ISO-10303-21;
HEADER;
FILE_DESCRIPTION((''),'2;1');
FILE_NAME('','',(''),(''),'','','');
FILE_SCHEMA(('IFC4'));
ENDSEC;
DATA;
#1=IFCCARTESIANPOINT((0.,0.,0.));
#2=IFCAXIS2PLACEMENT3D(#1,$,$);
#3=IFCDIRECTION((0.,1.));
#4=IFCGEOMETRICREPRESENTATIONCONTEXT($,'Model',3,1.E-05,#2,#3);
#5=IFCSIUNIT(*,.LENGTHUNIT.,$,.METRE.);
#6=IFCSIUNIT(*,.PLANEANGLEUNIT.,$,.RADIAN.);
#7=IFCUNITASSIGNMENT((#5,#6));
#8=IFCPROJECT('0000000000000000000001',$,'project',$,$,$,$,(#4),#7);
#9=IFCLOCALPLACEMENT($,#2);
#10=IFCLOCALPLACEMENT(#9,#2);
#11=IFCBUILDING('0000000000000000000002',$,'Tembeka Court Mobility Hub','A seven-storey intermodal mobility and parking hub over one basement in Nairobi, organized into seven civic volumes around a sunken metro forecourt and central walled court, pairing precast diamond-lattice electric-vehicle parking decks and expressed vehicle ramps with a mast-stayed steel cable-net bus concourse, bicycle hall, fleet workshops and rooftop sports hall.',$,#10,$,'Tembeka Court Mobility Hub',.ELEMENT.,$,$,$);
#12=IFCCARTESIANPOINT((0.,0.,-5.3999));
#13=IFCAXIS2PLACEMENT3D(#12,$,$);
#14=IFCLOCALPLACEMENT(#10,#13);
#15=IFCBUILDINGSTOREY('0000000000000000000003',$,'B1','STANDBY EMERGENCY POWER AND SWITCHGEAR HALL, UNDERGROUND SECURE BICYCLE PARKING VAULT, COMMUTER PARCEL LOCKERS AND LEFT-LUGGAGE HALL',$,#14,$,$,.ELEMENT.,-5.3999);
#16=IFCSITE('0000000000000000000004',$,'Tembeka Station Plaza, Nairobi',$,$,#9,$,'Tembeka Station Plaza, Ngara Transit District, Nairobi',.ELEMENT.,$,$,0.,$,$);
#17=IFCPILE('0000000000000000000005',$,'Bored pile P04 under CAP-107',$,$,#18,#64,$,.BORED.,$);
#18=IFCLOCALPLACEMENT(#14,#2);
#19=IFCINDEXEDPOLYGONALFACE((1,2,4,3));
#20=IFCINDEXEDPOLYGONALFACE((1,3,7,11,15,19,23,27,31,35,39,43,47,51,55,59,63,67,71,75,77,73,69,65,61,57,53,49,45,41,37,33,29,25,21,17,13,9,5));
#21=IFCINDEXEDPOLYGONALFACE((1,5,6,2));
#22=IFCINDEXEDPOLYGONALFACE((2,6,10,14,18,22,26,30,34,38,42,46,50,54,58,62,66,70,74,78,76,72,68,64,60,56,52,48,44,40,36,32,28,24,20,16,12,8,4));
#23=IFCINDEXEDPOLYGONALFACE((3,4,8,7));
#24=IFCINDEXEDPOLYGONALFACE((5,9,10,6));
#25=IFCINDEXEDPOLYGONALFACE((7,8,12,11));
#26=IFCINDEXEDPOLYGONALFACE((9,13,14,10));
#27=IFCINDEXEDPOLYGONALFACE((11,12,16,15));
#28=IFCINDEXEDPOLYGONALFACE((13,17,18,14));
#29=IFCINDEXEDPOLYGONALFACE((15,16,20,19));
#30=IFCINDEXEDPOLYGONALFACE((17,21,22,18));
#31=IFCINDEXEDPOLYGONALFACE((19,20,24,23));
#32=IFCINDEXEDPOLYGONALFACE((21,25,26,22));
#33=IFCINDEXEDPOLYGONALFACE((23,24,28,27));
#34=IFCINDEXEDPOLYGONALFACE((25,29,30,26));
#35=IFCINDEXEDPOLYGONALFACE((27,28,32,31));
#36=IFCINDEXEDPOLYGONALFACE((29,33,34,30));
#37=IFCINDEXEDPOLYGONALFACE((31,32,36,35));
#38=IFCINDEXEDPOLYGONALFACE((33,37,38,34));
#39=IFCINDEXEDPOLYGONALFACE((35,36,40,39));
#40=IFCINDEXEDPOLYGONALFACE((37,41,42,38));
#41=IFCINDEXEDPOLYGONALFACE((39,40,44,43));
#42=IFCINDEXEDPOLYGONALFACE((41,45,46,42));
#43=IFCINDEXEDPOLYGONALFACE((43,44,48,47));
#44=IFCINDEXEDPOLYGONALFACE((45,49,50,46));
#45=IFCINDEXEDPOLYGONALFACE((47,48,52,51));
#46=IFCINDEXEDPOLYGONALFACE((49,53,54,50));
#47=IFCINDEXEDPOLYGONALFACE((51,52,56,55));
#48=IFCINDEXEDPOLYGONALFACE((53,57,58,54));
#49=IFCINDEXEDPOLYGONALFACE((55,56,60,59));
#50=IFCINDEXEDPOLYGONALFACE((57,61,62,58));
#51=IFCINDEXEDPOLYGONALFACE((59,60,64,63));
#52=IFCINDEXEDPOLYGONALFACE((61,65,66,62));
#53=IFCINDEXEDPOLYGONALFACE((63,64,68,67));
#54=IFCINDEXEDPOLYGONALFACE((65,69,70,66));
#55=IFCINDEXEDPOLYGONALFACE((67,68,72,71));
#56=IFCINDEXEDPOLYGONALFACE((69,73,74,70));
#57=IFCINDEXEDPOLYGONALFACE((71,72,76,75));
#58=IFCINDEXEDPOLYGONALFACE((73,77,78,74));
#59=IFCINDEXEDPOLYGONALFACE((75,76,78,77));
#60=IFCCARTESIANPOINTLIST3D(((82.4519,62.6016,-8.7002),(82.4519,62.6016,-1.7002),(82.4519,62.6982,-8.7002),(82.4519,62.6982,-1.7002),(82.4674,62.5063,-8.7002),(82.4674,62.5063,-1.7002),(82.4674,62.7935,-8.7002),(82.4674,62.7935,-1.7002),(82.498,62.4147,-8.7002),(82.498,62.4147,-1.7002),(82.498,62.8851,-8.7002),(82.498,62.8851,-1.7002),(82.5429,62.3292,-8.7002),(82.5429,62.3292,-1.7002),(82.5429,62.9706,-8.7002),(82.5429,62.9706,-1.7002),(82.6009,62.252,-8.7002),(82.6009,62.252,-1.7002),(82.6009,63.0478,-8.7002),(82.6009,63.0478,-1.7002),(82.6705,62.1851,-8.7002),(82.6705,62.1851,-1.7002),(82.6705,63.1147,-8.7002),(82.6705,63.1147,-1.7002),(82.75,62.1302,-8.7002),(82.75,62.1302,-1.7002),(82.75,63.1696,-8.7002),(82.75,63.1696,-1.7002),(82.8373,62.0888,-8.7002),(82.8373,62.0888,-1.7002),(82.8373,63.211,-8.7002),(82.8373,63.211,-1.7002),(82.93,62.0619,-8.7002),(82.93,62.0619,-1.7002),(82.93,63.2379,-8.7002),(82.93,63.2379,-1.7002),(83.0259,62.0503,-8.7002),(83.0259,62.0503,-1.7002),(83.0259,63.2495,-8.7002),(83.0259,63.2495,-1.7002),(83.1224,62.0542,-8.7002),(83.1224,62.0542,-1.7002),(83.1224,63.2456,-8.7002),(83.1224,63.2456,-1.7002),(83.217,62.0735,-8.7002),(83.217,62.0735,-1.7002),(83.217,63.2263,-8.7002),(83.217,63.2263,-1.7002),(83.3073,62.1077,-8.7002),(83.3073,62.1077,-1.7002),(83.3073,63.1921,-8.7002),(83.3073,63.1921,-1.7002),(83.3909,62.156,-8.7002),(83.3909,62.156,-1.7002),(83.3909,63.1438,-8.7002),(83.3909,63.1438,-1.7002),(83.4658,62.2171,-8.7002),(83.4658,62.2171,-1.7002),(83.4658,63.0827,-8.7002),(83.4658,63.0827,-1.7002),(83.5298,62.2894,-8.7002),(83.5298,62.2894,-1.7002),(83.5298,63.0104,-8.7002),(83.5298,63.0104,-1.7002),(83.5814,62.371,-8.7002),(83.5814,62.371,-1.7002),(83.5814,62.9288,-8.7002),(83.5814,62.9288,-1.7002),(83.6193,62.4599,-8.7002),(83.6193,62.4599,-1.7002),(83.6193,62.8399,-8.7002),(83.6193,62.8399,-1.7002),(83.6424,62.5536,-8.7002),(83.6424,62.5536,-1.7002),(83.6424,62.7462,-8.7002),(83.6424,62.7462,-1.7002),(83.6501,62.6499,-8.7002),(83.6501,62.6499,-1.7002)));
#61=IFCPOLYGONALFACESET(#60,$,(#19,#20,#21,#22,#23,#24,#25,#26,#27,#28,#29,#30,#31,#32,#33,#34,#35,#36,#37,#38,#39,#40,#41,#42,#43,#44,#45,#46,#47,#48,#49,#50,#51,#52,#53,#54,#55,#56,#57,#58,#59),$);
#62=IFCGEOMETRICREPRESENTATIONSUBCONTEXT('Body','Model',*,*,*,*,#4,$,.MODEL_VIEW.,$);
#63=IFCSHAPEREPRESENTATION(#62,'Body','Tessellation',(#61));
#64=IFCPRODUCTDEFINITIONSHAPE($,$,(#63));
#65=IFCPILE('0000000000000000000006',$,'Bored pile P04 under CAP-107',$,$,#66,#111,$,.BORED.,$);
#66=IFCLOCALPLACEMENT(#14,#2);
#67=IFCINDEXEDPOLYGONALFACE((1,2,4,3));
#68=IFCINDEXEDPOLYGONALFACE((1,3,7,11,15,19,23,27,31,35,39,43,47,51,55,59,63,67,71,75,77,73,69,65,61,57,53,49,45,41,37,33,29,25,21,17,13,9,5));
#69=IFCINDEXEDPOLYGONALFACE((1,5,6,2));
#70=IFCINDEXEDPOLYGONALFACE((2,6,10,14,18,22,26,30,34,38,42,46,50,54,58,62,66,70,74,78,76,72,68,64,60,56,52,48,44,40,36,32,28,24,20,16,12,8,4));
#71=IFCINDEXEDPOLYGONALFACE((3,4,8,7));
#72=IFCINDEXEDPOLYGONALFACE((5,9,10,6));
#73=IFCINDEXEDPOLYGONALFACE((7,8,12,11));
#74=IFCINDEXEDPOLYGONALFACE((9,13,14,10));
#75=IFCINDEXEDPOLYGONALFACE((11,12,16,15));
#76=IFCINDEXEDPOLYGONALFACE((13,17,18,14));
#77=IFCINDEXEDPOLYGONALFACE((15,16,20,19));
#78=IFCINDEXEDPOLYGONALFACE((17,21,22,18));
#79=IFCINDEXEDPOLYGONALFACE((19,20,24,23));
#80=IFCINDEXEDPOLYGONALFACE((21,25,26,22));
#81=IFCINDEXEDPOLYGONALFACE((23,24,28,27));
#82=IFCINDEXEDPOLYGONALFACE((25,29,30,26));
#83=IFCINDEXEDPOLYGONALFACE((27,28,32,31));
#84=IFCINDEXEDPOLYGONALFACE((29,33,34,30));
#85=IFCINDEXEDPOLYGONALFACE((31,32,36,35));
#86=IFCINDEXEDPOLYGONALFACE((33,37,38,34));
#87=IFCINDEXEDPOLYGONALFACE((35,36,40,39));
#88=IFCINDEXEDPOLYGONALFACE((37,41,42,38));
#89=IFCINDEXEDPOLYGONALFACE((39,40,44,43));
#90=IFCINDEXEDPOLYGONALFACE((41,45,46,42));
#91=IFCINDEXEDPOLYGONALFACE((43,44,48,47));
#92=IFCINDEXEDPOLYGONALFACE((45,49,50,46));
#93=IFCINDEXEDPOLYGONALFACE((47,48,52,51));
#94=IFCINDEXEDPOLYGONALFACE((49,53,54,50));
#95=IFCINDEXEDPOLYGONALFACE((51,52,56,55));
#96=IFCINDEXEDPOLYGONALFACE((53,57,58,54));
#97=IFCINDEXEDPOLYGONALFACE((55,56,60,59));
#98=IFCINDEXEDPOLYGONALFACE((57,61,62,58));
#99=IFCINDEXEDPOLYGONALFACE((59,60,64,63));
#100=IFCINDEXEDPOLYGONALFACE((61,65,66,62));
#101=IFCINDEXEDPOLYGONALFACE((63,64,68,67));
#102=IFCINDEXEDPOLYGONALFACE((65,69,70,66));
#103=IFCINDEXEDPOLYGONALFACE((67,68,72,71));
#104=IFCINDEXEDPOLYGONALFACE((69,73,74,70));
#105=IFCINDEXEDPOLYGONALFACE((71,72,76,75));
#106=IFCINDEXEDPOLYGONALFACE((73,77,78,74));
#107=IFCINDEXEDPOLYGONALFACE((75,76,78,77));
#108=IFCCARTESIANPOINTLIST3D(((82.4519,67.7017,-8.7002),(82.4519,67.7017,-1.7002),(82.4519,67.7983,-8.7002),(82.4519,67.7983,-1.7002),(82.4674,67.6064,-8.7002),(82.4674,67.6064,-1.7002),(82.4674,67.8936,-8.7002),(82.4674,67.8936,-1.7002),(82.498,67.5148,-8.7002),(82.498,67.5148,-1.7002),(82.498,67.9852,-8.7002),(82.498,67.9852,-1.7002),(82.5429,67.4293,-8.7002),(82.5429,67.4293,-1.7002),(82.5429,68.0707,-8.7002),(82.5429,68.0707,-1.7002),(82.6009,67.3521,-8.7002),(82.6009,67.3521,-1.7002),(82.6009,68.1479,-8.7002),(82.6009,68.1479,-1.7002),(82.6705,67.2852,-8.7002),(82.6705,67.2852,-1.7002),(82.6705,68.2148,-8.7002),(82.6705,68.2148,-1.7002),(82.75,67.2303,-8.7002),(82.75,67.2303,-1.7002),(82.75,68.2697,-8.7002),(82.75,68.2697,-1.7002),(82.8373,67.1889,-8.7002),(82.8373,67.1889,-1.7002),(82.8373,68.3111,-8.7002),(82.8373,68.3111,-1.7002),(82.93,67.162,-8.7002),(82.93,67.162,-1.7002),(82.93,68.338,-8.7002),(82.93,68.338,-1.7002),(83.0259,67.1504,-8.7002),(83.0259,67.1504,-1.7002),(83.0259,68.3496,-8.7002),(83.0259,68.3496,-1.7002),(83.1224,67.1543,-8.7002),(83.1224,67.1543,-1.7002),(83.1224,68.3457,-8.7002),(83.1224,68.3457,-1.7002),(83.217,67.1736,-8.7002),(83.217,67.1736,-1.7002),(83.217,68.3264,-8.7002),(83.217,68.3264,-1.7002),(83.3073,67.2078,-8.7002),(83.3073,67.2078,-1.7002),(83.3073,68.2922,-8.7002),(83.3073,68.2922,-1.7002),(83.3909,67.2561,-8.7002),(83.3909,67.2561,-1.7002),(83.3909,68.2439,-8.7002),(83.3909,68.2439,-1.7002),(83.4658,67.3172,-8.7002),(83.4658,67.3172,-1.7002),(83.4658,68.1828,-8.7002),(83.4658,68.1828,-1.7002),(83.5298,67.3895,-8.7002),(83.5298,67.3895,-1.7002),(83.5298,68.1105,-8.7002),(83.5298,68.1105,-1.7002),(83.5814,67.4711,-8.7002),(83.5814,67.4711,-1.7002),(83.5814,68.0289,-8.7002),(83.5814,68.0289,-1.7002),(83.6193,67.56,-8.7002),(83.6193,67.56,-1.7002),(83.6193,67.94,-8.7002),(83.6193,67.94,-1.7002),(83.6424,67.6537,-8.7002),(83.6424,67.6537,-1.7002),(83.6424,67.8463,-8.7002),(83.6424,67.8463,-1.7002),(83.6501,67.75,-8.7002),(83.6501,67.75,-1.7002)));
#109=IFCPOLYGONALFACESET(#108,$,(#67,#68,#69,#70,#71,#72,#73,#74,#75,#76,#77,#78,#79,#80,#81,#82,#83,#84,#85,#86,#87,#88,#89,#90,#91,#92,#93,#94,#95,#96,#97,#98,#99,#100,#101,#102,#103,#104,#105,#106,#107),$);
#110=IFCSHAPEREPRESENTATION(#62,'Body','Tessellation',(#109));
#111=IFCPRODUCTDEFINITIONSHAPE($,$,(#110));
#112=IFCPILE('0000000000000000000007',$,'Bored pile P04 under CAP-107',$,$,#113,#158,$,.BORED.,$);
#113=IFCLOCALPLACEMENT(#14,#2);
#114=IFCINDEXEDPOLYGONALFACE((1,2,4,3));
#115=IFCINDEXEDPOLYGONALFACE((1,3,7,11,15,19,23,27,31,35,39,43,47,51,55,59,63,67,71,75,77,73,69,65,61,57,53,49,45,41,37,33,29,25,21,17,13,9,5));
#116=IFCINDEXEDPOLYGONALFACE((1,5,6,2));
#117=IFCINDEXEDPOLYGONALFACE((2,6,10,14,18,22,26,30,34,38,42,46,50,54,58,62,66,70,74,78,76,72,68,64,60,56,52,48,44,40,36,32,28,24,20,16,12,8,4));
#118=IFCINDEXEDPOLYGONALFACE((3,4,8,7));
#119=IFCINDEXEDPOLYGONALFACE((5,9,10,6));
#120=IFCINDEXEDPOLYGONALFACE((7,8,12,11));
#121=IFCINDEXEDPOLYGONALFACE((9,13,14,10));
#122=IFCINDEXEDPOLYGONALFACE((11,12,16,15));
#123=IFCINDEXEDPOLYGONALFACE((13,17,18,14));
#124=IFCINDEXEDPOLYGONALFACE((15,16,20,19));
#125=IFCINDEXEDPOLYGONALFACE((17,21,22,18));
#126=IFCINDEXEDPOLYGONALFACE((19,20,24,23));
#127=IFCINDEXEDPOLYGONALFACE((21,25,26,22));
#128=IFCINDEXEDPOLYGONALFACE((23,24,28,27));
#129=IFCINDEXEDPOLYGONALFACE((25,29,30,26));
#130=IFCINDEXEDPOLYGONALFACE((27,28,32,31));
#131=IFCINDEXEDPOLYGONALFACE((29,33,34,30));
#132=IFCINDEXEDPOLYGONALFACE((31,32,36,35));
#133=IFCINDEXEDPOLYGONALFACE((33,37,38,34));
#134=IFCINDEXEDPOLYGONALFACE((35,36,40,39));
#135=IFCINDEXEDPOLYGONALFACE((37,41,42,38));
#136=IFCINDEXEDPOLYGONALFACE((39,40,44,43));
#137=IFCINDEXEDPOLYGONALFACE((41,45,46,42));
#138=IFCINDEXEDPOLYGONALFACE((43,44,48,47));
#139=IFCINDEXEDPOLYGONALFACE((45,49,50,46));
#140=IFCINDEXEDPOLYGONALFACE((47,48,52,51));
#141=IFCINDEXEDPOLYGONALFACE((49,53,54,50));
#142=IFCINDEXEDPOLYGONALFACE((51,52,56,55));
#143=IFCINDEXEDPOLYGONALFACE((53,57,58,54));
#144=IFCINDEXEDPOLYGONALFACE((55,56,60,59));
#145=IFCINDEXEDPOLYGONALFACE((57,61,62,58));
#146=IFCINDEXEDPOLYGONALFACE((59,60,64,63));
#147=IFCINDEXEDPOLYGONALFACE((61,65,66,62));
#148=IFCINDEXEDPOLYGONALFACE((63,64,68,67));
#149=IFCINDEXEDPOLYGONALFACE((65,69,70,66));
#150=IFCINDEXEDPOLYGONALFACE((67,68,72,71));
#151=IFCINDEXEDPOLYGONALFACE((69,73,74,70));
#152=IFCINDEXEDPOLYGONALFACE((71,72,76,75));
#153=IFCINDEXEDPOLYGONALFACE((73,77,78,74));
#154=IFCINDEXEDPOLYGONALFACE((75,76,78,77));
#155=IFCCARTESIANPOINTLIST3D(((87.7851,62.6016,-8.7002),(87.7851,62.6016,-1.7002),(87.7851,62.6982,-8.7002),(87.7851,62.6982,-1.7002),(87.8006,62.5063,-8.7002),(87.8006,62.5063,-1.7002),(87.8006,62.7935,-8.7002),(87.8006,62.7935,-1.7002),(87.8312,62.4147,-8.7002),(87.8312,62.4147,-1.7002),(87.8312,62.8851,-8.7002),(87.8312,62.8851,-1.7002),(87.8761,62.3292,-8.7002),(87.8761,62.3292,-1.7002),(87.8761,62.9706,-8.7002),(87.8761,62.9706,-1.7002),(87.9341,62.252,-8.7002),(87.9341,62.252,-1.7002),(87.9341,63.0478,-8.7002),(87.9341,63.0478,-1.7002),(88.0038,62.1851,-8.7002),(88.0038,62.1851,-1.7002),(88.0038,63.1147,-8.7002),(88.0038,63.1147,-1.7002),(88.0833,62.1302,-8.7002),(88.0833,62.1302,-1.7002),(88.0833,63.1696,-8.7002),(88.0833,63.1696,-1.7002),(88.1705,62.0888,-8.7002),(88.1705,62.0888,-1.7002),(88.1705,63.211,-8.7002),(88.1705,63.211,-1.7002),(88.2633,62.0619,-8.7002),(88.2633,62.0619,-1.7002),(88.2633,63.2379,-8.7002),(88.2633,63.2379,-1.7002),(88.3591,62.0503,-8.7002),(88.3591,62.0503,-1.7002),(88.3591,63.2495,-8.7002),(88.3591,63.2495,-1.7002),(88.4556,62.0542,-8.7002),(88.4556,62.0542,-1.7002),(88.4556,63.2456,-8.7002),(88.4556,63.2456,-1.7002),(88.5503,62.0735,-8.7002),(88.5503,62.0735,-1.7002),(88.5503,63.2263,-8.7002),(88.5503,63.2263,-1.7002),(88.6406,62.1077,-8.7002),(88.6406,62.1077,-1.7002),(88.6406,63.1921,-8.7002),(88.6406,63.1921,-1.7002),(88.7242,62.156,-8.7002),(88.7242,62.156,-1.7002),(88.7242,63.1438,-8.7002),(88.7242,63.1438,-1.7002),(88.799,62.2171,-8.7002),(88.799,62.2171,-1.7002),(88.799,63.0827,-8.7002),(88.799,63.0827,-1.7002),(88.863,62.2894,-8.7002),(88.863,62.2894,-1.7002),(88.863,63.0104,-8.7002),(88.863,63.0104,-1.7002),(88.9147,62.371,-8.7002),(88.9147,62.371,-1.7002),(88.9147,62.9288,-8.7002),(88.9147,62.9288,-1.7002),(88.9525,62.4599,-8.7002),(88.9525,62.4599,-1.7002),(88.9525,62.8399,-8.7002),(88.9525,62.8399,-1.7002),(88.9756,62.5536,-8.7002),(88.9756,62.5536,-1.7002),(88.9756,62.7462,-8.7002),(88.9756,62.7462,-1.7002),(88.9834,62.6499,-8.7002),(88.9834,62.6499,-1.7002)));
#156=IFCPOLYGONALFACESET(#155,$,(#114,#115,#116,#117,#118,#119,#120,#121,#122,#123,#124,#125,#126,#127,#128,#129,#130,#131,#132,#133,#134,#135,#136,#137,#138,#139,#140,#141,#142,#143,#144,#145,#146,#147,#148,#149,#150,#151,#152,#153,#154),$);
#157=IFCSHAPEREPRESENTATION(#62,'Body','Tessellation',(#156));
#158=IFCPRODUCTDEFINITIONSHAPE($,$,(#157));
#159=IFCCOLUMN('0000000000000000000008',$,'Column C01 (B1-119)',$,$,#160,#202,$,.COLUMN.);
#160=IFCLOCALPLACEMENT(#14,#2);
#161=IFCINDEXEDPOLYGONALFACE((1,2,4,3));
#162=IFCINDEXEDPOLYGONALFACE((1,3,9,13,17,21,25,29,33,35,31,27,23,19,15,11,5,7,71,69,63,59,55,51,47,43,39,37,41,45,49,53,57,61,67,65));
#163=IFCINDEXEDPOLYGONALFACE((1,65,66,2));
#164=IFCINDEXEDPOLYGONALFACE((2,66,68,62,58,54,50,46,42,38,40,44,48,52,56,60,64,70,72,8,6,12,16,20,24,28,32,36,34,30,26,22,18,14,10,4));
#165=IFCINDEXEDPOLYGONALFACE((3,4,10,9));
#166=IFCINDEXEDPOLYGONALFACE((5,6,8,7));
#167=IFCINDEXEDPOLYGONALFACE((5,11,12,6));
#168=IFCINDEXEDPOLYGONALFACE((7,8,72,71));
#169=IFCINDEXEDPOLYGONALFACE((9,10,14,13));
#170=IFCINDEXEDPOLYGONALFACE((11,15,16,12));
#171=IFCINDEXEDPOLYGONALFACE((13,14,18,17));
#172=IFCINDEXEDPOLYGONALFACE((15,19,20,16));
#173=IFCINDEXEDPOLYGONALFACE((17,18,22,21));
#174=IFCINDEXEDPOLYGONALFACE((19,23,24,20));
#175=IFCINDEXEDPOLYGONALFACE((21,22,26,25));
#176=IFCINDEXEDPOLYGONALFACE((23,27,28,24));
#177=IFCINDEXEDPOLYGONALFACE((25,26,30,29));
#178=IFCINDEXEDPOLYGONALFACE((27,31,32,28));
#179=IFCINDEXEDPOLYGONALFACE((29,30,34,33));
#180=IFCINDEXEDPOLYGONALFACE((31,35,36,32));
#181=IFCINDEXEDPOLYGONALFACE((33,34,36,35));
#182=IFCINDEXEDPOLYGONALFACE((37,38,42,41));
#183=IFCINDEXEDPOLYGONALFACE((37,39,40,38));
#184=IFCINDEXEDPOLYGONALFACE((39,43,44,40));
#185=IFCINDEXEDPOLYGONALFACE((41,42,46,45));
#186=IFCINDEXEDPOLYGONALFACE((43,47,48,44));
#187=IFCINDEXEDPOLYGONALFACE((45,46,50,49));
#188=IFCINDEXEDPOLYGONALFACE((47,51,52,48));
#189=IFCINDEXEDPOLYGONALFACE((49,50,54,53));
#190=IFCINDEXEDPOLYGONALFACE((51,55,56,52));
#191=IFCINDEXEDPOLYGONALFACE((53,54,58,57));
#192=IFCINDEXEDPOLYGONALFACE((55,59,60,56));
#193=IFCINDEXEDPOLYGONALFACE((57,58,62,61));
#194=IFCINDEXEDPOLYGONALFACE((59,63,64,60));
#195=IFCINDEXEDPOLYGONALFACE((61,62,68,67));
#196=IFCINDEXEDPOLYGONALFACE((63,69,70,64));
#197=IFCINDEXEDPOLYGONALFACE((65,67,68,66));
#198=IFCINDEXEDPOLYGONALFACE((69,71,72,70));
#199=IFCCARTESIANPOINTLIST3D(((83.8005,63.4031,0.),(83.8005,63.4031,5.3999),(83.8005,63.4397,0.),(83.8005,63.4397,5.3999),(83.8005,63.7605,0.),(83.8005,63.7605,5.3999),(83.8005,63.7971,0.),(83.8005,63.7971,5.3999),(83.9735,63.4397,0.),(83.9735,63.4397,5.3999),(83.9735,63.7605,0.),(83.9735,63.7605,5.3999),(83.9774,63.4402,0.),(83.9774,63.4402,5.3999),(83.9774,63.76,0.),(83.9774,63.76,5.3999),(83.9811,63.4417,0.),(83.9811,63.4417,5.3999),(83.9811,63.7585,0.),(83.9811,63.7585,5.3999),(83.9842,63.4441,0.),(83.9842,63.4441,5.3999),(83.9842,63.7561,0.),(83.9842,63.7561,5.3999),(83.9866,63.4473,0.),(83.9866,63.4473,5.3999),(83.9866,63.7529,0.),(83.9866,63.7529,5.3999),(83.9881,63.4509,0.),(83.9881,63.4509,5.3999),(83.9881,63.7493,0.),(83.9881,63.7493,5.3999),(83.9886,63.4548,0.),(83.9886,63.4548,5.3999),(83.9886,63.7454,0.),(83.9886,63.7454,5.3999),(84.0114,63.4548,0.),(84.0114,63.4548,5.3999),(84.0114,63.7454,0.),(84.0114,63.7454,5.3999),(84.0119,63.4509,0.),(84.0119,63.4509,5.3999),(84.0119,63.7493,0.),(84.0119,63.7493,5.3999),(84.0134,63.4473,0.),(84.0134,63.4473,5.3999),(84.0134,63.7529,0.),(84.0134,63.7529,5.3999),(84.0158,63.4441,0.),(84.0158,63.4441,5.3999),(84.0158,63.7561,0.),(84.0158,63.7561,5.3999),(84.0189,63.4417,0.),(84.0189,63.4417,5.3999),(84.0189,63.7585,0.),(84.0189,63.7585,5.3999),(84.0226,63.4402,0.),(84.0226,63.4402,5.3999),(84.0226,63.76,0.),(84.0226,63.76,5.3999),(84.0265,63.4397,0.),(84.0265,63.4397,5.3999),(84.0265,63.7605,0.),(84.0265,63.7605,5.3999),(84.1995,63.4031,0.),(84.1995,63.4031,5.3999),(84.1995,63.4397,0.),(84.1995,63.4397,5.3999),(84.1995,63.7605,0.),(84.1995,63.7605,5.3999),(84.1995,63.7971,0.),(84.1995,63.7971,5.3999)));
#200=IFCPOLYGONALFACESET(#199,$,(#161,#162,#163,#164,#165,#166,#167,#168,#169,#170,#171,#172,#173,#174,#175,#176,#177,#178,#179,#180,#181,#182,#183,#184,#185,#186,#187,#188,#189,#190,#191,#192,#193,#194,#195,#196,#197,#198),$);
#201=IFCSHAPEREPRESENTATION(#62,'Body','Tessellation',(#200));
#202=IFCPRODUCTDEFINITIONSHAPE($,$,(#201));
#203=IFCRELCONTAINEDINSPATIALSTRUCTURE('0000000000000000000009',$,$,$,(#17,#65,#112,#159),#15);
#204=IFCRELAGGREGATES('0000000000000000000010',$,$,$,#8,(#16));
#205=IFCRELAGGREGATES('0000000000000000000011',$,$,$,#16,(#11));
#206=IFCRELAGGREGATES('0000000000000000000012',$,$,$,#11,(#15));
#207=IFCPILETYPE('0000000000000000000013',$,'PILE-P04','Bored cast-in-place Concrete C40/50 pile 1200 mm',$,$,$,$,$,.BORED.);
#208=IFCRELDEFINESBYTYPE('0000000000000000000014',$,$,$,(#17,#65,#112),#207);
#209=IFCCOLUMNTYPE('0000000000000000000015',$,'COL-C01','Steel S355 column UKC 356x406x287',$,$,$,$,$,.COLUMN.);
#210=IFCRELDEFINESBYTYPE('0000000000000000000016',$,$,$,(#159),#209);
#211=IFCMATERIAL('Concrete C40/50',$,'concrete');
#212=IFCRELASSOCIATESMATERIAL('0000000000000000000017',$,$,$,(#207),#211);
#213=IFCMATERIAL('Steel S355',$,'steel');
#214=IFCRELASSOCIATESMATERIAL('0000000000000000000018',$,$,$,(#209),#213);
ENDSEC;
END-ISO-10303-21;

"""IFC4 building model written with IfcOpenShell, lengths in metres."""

from ifc_helpers import new_model, si_unit, direction, frame, origin, origin_2d, place, context, subcontext, project, spatial, circle, i_section, extrude, material, material_profile, profile_set, type_object, element, save


model = new_model("IFC4")

# Units and contexts
model_context = context("Model", 3, precision=1e-05, world=origin(), true_north=direction((0.0, 1.0)))
body_context = subcontext(model_context, "Body", "Model", "MODEL_VIEW")
ifc_project = project(units=[si_unit("LENGTHUNIT", "METRE"), si_unit("PLANEANGLEUNIT", "RADIAN")], contexts=[model_context])

# Site, building, storey
site_placement = place(None, origin())
site = spatial("IfcSite", under=ifc_project, at=site_placement, Name="Tembeka Station Plaza, Nairobi", LongName="Tembeka Station Plaza, Ngara Transit District, Nairobi", CompositionType="ELEMENT", RefElevation=0.0)
building_placement = place(site_placement, origin())
building = spatial("IfcBuilding", under=site, at=building_placement, Name="Tembeka Court Mobility Hub", Description="A seven-storey intermodal mobility and parking hub over one basement in Nairobi, organized into seven civic volumes around a sunken metro forecourt and central walled court, pairing precast diamond-lattice electric-vehicle parking decks and expressed vehicle ramps with a mast-stayed steel cable-net bus concourse, bicycle hall, fleet workshops and rooftop sports hall.", LongName="Tembeka Court Mobility Hub", CompositionType="ELEMENT")
storey_placement = place(building_placement, frame((0.0, 0.0, -5.3999)))
storey = spatial("IfcBuildingStorey", under=building, at=storey_placement, Name="B1", Description="STANDBY EMERGENCY POWER AND SWITCHGEAR HALL, UNDERGROUND SECURE BICYCLE PARKING VAULT, COMMUTER PARCEL LOCKERS AND LEFT-LUGGAGE HALL", CompositionType="ELEMENT", Elevation=-5.3999)

# Shared definitions
ifc_material_1 = material(Name="Concrete C40/50", Category="concrete")

# Piles
ifc_material_profile_1 = material_profile(ifc_material_1, circle(Radius=0.6001, at=origin_2d()), Name="PILE D1200")
ifc_profile_set_1 = profile_set([ifc_material_profile_1], Name="Concrete C40/50")
pile_type = type_object("IfcPileType", Name="PILE-P04", Description="Bored cast-in-place Concrete C40/50 pile 1200 mm", PredefinedType="BORED", material=ifc_profile_set_1)
for number, where, z_axis, x_axis, name in (
    (1, (83.05, 62.6499, -1.7002), (0.0, 0.0, -1.0), (1.0, 0.0, 0.0), "Bored pile P04 under CAP-107"),
    (2, (83.05, 67.75, -1.7002), (0.0, 0.0, -1.0), (1.0, 0.0, 0.0), "Bored pile P04 under CAP-107"),
    (3, (88.3833, 62.6499, -1.7002), (0.0, 0.0, -1.0), (1.0, 0.0, 0.0), "Bored pile P04 under CAP-107"),
):
    element("IfcPile", number, at=place(storey_placement, frame(where, z_axis=z_axis, x_axis=x_axis)), inside=storey, type_object=pile_type, Name=name, PredefinedType="BORED", context=body_context, shape_type="SweptSolid", body=[
        extrude(circle(Radius=0.6001, at=origin_2d()), origin(), (0.0, 0.0, 1.0), 7.0),
    ])

# Column
ifc_material_2 = material(Name="Steel S355", Category="steel")
ifc_material_profile_2 = material_profile(ifc_material_2, i_section(OverallWidth=0.3989, OverallDepth=0.394, WebThickness=0.0227, FlangeThickness=0.0366, FilletRadius=0.0151, at=origin_2d()), Name="UKC 356x406x287")
ifc_profile_set_2 = profile_set([ifc_material_profile_2], Name="Steel S355")
column_type = type_object("IfcColumnType", Name="COL-C01", Description="Steel S355 column UKC 356x406x287", PredefinedType="COLUMN", material=ifc_profile_set_2)
for number, where, z_axis, x_axis, name in (
    (4, (84.0, 63.6001, 0.0), (0.0, 0.0, 1.0), (1.0, 0.0, 0.0), "Column C01 (B1-119)"),
):
    element("IfcColumn", number, at=place(storey_placement, frame(where, z_axis=z_axis, x_axis=x_axis)), inside=storey, type_object=column_type, Name=name, PredefinedType="COLUMN", context=body_context, shape_type="SweptSolid", body=[
        extrude(i_section(OverallWidth=0.3989, OverallDepth=0.394, WebThickness=0.0227, FlangeThickness=0.0366, FilletRadius=0.0151, at=origin_2d()), origin(), (0.0, 0.0, 1.0), 5.3999),
    ])

save(model, "model.ifc")
